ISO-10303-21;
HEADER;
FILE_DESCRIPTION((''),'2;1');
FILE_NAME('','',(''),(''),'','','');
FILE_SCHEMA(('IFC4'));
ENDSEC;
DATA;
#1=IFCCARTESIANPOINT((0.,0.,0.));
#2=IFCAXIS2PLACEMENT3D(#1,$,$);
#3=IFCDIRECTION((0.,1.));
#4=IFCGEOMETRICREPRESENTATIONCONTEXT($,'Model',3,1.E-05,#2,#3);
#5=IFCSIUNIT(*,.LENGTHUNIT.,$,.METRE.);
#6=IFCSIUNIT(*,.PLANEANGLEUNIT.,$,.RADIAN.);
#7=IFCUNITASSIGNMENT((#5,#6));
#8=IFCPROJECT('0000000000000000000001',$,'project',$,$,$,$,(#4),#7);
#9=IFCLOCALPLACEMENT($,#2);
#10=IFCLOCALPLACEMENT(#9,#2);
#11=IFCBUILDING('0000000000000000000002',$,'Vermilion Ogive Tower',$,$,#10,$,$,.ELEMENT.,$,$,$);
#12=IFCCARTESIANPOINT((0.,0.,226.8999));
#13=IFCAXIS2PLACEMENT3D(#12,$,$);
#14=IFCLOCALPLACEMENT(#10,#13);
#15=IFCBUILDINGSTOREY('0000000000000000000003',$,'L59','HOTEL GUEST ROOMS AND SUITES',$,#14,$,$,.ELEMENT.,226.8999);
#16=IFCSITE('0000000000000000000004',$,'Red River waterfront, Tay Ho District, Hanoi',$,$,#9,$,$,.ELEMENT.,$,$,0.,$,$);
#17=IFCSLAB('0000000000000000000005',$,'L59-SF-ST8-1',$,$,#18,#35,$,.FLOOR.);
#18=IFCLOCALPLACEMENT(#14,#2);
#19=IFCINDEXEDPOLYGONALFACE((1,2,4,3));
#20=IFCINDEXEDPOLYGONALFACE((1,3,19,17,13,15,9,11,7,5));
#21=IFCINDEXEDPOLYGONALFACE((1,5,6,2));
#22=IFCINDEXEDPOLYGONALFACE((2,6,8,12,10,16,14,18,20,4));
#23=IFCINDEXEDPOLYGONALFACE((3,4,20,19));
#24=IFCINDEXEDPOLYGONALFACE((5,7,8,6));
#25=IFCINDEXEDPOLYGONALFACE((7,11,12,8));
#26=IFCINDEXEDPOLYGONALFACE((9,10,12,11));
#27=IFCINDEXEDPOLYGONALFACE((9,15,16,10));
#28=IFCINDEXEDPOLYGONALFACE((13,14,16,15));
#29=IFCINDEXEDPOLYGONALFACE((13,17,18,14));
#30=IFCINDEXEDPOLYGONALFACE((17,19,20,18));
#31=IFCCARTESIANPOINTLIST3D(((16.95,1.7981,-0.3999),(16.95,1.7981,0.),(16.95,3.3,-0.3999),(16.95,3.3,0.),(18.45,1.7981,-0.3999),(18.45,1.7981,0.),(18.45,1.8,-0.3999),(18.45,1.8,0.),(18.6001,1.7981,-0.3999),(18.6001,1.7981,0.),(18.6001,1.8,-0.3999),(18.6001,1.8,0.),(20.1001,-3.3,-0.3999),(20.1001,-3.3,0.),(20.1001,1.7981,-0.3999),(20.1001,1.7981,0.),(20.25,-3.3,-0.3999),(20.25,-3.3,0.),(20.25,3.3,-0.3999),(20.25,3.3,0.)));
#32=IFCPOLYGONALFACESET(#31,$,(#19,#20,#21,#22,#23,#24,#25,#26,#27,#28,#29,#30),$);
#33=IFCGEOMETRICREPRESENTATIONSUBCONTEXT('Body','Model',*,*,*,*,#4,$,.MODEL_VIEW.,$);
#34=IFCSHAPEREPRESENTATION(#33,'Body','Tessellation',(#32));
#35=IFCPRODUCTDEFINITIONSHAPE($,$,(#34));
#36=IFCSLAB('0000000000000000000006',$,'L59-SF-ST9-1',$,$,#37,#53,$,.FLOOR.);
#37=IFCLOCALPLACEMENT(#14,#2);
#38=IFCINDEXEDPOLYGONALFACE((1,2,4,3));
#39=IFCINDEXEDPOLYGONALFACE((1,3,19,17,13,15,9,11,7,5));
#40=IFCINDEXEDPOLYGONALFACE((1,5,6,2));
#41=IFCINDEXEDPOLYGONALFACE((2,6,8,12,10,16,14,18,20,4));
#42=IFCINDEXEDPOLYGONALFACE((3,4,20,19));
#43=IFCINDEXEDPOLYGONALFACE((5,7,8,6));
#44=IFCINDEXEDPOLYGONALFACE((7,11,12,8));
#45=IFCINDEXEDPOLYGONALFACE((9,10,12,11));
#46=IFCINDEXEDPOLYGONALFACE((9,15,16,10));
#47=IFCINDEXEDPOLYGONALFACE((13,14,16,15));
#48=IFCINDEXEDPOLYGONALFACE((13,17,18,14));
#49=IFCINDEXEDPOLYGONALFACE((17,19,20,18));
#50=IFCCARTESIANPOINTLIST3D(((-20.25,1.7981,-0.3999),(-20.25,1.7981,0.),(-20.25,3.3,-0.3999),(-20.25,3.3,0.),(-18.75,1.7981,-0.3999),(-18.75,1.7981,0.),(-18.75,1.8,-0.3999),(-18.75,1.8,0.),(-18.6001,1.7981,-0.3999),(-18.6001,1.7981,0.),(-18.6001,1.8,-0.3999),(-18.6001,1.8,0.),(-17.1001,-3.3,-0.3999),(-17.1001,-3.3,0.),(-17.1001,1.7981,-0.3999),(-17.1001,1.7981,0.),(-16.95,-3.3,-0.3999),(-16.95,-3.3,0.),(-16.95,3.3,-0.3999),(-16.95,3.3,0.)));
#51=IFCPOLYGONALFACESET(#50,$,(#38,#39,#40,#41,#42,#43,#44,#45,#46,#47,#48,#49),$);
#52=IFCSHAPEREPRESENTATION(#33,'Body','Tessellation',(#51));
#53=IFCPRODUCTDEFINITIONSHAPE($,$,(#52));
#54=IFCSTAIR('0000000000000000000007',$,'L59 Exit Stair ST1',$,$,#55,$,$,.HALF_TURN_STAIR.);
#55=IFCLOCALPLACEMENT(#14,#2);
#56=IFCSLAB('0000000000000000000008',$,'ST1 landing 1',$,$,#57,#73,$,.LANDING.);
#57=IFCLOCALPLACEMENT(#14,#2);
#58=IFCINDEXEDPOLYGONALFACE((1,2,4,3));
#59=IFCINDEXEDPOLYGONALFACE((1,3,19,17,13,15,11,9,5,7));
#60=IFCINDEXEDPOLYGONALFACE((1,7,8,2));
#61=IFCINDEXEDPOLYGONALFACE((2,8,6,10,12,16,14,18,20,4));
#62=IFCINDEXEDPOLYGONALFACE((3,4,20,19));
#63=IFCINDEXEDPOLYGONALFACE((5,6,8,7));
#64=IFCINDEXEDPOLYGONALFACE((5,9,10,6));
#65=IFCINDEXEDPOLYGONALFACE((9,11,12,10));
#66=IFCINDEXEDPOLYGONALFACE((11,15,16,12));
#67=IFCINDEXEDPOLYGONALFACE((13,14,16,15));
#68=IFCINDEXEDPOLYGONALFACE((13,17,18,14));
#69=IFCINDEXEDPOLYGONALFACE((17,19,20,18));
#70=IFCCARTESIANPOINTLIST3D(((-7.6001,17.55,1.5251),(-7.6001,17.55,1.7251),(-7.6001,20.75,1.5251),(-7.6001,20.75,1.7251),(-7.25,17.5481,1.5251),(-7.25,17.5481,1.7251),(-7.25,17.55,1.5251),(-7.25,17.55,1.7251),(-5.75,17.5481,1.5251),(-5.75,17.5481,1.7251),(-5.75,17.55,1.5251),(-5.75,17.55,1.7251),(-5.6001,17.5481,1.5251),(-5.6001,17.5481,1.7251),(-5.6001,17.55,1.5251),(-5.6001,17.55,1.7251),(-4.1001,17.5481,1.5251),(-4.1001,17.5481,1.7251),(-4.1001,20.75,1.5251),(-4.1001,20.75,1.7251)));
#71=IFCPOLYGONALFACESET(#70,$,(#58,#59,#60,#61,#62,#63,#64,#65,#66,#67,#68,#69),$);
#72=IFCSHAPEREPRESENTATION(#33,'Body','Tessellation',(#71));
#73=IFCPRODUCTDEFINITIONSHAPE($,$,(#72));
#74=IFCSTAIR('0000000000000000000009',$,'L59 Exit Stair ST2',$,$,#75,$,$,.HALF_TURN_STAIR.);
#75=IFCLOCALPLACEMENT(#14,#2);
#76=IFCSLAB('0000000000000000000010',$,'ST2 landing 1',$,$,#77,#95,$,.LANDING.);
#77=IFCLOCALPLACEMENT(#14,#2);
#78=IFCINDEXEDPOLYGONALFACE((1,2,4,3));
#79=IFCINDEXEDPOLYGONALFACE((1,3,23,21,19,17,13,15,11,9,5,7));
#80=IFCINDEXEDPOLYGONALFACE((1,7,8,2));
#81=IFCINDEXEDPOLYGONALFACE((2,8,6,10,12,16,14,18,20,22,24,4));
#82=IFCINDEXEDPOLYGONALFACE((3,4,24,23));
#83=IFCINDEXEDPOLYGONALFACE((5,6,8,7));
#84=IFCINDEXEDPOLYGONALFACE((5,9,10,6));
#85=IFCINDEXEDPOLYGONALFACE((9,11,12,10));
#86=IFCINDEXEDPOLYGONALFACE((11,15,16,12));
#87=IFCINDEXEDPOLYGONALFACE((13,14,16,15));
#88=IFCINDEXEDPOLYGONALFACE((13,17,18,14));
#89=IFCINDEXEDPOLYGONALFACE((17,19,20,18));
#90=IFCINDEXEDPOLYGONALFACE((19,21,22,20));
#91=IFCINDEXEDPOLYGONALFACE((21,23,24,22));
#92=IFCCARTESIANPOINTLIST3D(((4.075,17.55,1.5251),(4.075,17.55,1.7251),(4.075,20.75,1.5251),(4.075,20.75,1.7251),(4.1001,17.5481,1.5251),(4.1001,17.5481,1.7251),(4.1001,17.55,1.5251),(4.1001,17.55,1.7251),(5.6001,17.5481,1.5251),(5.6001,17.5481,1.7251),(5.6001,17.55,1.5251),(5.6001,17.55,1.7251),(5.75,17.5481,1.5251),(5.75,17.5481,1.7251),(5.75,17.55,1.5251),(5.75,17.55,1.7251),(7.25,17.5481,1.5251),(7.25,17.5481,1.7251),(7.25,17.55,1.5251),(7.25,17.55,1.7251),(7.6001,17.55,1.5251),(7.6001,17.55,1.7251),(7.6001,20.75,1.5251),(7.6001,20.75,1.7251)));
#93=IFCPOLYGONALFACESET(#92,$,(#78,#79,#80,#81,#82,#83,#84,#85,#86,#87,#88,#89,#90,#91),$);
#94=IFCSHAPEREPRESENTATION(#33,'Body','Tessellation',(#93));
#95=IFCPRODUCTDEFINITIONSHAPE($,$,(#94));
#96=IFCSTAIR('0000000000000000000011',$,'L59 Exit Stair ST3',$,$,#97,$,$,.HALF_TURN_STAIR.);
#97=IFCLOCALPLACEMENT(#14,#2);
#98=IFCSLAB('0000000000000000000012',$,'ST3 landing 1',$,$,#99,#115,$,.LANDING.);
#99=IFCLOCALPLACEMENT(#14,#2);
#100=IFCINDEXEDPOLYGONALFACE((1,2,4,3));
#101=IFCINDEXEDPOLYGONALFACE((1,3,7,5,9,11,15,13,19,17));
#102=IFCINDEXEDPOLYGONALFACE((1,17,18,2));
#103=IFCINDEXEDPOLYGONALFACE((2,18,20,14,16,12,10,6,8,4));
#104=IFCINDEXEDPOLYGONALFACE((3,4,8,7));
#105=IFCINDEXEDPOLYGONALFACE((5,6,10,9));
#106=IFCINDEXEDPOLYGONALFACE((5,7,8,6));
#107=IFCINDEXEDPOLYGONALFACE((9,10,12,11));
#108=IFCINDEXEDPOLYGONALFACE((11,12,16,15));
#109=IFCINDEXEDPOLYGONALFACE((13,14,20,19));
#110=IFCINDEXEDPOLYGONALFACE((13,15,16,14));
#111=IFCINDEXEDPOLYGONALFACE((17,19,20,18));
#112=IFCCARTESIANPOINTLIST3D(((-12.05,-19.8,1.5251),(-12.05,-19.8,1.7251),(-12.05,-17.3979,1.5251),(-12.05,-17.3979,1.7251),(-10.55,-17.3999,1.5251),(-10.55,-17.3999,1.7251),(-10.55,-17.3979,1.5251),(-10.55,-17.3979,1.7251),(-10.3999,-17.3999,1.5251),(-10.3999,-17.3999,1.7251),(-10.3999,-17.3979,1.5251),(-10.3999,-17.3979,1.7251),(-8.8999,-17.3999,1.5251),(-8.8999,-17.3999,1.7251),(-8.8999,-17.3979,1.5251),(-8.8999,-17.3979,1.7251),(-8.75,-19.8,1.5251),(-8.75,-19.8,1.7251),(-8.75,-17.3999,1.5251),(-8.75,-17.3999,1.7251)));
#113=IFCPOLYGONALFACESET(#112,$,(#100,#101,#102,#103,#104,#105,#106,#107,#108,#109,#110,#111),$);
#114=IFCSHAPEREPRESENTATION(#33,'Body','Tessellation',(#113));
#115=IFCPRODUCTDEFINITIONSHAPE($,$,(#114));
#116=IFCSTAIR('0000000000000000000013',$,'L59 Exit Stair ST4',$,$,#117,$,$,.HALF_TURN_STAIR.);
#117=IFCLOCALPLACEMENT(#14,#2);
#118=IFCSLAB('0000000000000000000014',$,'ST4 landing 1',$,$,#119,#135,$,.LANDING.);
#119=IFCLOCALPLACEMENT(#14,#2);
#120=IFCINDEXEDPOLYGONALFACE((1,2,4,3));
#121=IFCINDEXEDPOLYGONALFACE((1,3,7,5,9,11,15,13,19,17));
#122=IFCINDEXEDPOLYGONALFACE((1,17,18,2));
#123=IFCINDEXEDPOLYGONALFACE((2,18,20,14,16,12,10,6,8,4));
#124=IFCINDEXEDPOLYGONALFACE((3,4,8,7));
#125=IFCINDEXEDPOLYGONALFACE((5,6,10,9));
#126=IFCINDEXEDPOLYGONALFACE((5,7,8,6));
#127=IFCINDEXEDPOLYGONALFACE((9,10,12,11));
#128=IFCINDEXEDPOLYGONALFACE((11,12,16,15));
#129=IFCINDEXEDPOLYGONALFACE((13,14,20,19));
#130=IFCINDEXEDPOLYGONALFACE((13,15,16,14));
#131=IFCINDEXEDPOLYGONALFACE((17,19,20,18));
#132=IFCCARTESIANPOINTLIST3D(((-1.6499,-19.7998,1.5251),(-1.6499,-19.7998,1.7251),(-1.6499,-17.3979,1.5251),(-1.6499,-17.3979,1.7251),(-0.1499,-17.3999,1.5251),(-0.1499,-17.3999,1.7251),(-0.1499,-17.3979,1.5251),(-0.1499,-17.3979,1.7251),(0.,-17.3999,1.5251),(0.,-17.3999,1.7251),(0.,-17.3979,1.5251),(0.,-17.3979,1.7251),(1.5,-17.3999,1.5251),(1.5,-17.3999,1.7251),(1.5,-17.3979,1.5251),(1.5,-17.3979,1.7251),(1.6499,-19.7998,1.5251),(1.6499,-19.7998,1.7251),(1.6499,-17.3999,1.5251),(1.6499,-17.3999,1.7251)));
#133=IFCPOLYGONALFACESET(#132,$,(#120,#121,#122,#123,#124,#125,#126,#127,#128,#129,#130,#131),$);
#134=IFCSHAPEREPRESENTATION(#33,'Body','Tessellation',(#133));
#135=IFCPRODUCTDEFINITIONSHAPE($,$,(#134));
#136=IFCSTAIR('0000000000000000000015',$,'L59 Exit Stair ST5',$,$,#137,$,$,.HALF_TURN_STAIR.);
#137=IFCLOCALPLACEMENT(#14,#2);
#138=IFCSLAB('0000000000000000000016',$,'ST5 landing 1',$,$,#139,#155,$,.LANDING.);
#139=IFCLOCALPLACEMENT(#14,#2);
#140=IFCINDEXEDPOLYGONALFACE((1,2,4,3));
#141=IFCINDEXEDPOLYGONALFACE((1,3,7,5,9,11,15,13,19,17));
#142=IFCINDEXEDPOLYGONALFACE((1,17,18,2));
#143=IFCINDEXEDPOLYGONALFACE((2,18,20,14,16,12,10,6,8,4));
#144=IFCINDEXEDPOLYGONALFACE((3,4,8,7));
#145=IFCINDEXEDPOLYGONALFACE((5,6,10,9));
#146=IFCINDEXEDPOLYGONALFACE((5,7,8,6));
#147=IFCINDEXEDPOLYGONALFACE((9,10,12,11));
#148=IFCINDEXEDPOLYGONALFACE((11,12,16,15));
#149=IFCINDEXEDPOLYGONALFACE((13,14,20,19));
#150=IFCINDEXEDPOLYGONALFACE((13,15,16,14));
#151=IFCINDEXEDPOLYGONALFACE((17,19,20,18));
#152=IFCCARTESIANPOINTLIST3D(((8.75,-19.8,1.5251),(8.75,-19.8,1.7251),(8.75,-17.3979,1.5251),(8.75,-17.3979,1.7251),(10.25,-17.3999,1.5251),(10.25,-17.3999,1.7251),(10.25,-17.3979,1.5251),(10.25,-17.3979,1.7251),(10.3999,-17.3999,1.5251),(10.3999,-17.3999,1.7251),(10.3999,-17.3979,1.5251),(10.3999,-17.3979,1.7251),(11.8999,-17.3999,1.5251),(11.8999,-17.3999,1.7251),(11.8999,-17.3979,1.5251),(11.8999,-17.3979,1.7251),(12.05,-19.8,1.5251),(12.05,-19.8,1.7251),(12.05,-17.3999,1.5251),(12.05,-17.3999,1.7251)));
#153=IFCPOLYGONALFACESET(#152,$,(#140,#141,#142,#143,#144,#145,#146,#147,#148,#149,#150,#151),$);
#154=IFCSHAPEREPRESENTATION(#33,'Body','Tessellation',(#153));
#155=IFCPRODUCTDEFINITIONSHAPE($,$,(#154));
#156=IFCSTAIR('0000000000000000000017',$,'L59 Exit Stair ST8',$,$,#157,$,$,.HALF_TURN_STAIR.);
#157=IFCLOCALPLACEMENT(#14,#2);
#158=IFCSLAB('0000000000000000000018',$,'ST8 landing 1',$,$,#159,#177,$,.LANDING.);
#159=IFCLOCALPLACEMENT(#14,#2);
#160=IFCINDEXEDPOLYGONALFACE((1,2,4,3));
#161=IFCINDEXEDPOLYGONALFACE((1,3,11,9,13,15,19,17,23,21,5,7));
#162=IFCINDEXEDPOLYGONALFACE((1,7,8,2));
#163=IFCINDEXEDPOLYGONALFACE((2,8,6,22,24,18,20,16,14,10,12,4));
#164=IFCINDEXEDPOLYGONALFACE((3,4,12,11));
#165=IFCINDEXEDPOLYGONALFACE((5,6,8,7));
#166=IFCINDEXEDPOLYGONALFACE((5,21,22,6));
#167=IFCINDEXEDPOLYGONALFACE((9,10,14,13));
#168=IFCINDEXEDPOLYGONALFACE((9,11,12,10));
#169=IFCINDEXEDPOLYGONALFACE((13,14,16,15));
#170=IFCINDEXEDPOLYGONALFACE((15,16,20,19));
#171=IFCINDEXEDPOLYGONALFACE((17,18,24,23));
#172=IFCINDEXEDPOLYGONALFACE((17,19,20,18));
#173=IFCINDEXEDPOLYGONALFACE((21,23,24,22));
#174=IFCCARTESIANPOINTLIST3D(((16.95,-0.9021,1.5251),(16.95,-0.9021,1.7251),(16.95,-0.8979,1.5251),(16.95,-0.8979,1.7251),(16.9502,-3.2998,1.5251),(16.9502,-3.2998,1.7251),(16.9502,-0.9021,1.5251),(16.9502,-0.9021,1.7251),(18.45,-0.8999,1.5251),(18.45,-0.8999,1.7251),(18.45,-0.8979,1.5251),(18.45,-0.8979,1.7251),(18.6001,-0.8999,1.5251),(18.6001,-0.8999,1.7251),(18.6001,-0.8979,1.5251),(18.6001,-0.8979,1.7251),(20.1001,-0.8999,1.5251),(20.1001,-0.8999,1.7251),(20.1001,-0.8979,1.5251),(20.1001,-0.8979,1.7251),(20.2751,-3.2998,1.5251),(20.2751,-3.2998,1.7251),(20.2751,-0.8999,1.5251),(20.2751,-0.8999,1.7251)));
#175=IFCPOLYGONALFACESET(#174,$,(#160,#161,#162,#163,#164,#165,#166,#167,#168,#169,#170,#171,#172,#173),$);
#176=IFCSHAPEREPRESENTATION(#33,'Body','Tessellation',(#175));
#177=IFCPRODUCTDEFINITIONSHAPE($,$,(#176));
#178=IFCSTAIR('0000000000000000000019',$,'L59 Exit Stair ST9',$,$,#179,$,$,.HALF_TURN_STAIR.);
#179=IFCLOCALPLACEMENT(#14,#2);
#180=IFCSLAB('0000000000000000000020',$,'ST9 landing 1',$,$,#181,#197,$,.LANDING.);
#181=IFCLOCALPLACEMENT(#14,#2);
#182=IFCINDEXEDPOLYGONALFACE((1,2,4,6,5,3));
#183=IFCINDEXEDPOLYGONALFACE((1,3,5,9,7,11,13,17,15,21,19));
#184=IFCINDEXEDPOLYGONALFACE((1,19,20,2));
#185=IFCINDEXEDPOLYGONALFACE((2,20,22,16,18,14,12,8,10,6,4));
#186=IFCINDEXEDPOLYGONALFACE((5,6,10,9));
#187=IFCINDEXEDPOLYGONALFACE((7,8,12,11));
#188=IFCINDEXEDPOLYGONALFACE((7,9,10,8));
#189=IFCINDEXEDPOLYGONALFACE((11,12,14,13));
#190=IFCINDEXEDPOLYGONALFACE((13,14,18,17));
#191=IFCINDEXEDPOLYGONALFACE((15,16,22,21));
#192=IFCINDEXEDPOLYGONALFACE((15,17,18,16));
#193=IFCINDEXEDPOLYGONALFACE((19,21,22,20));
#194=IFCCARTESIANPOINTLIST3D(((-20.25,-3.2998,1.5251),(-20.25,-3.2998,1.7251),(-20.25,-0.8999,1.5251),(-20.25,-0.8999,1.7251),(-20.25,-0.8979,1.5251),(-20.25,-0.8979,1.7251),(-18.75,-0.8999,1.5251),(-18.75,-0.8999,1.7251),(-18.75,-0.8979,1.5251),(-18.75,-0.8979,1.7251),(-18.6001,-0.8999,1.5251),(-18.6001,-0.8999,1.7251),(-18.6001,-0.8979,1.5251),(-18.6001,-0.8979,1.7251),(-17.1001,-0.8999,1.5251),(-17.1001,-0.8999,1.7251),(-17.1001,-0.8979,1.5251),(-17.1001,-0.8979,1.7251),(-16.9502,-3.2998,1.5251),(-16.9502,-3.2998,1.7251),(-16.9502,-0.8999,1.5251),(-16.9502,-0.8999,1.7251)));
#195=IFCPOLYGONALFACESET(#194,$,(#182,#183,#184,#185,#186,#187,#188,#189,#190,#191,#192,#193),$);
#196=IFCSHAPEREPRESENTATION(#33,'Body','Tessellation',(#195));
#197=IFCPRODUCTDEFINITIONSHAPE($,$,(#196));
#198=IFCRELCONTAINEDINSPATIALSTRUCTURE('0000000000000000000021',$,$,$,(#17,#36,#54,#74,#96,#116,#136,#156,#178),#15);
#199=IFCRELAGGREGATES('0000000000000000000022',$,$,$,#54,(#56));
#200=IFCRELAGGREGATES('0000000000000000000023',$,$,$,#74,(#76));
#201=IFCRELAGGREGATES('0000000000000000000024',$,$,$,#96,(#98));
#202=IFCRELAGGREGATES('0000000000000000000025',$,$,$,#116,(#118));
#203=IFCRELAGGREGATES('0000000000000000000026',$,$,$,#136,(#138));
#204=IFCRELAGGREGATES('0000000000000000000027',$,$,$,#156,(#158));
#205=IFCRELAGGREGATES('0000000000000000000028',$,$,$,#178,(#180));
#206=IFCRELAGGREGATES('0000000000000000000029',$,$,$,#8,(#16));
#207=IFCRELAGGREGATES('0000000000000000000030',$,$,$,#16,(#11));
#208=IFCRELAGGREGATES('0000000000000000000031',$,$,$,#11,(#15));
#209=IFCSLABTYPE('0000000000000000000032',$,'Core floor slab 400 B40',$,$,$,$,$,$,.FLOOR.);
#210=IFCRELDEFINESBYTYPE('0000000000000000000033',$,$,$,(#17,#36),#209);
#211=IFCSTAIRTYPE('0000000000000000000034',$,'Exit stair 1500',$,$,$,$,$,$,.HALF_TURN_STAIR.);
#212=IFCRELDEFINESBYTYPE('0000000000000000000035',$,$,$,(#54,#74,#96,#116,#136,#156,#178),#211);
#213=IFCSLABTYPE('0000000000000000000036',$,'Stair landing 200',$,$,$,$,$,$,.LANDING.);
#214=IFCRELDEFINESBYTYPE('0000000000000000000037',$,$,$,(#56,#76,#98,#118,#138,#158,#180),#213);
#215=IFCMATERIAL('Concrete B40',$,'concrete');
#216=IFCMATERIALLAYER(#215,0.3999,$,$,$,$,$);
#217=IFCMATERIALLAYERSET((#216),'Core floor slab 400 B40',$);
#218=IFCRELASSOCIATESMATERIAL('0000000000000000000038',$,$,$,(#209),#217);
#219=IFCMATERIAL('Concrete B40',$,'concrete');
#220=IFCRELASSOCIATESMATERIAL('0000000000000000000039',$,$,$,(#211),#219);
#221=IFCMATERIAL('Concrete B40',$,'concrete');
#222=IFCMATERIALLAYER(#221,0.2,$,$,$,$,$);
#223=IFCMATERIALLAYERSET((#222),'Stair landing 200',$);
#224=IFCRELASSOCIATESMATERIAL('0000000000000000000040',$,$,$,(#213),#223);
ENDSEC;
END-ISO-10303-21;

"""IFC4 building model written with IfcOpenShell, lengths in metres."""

from ifc_helpers import new_model, si_unit, direction, frame, origin, place, context, subcontext, project, spatial, polyline, outline, extrude, material, layer, layer_set, type_object, element, aggregate, save


model = new_model("IFC4")

# Units and contexts
model_context = context("Model", 3, precision=1e-05, world=origin(), true_north=direction((0.0, 1.0)))
body_context = subcontext(model_context, "Body", "Model", "MODEL_VIEW")
ifc_project = project(units=[si_unit("LENGTHUNIT", "METRE"), si_unit("PLANEANGLEUNIT", "RADIAN")], contexts=[model_context])

# Site, building, storey
site_placement = place(None, origin())
site = spatial("IfcSite", under=ifc_project, at=site_placement, Name="Red River waterfront, Tay Ho District, Hanoi", CompositionType="ELEMENT", RefElevation=0.0)
building_placement = place(site_placement, origin())
building = spatial("IfcBuilding", under=site, at=building_placement, Name="Vermilion Ogive Tower", CompositionType="ELEMENT")
storey_placement = place(building_placement, frame((0.0, 0.0, 226.8999)))
storey = spatial("IfcBuildingStorey", under=building, at=storey_placement, Name="L59", Description="HOTEL GUEST ROOMS AND SUITES", CompositionType="ELEMENT", Elevation=226.8999)

# Slabs
ifc_material_1 = material(Name="Concrete B40", Category="concrete")
ifc_layer_1 = layer(ifc_material_1, 0.3999)
ifc_layer_set_1 = layer_set([ifc_layer_1], Name="Core floor slab 400 B40")
slab_type_1 = type_object("IfcSlabType", Name="Core floor slab 400 B40", PredefinedType="FLOOR", material=ifc_layer_set_1)
slab_1_placement = place(storey_placement, frame((0.0, 0.0, -0.3999)))
element("IfcSlab", 1, at=slab_1_placement, inside=storey, type_object=slab_type_1, Name="L59-SF-ST8-1", PredefinedType="FLOOR", context=body_context, shape_type="SweptSolid", body=[
    extrude(outline(polyline([(16.95, 3.3), (16.95, 1.7981), (18.45, 1.7981), (18.45, 1.8), (18.6001, 1.8), (18.6001, 1.7981), (20.1001, 1.7981), (20.1001, -3.3), (20.25, -3.3), (20.25, 3.3), (16.95, 3.3)])), origin(), (0.0, 0.0, 1.0), 0.3999),
])
slab_2_placement = place(storey_placement, frame((0.0, 0.0, -0.3999)))
element("IfcSlab", 2, at=slab_2_placement, inside=storey, type_object=slab_type_1, Name="L59-SF-ST9-1", PredefinedType="FLOOR", context=body_context, shape_type="SweptSolid", body=[
    extrude(outline(polyline([(-20.25, 3.3), (-20.25, 1.7981), (-18.75, 1.7981), (-18.75, 1.8), (-18.6001, 1.8), (-18.6001, 1.7981), (-17.1001, 1.7981), (-17.1001, -3.3), (-16.95, -3.3), (-16.95, 3.3), (-20.25, 3.3)])), origin(), (0.0, 0.0, 1.0), 0.3999),
])

# Stairs, slabs
ifc_material_2 = material(Name="Concrete B40", Category="concrete")
stair_type = type_object("IfcStairType", Name="Exit stair 1500", PredefinedType="HALF_TURN_STAIR", material=ifc_material_2)
stair_1_placement = place(storey_placement, origin())
stair_1 = element("IfcStair", 3, at=stair_1_placement, inside=storey, type_object=stair_type, Name="L59 Exit Stair ST1", PredefinedType="HALF_TURN_STAIR")
ifc_material_3 = material(Name="Concrete B40", Category="concrete")
ifc_layer_2 = layer(ifc_material_3, 0.2)
ifc_layer_set_2 = layer_set([ifc_layer_2], Name="Stair landing 200")
slab_type_2 = type_object("IfcSlabType", Name="Stair landing 200", PredefinedType="LANDING", material=ifc_layer_set_2)
slab_3_placement = place(storey_placement, frame((0.0, 0.0, 1.5251)))
slab_3 = element("IfcSlab", 4, at=slab_3_placement, type_object=slab_type_2, Name="ST1 landing 1", PredefinedType="LANDING", context=body_context, shape_type="SweptSolid", body=[
    extrude(outline(polyline([(-7.6001, 17.55), (-7.25, 17.55), (-7.25, 17.5481), (-5.75, 17.5481), (-5.75, 17.55), (-5.6001, 17.55), (-5.6001, 17.5481), (-4.1001, 17.5481), (-4.1001, 20.75), (-7.6001, 20.75), (-7.6001, 17.55)])), origin(), (0.0, 0.0, 1.0), 0.2),
])
aggregate(stair_1, [slab_3])
stair_2_placement = place(storey_placement, origin())
stair_2 = element("IfcStair", 5, at=stair_2_placement, inside=storey, type_object=stair_type, Name="L59 Exit Stair ST2", PredefinedType="HALF_TURN_STAIR")
slab_4_placement = place(storey_placement, frame((0.0, 0.0, 1.5251)))
slab_4 = element("IfcSlab", 6, at=slab_4_placement, type_object=slab_type_2, Name="ST2 landing 1", PredefinedType="LANDING", context=body_context, shape_type="SweptSolid", body=[
    extrude(outline(polyline([(5.6001, 17.55), (5.75, 17.55), (5.75, 17.5481), (7.25, 17.5481), (7.25, 17.55), (7.6001, 17.55), (7.6001, 20.75), (4.075, 20.75), (4.075, 17.55), (4.1001, 17.55), (4.1001, 17.5481), (5.6001, 17.5481), (5.6001, 17.55)])), origin(), (0.0, 0.0, 1.0), 0.2),
])
aggregate(stair_2, [slab_4])
stair_3_placement = place(storey_placement, origin())
stair_3 = element("IfcStair", 7, at=stair_3_placement, inside=storey, type_object=stair_type, Name="L59 Exit Stair ST3", PredefinedType="HALF_TURN_STAIR")
slab_5_placement = place(storey_placement, frame((0.0, 0.0, 1.5251)))
slab_5 = element("IfcSlab", 8, at=slab_5_placement, type_object=slab_type_2, Name="ST3 landing 1", PredefinedType="LANDING", context=body_context, shape_type="SweptSolid", body=[
    extrude(outline(polyline([(-8.75, -17.3999), (-8.8999, -17.3999), (-8.8999, -17.3979), (-10.3999, -17.3979), (-10.3999, -17.3999), (-10.55, -17.3999), (-10.55, -17.3979), (-12.05, -17.3979), (-12.05, -19.8), (-8.75, -19.8), (-8.75, -17.3999)])), origin(), (0.0, 0.0, 1.0), 0.2),
])
aggregate(stair_3, [slab_5])
stair_4_placement = place(storey_placement, origin())
stair_4 = element("IfcStair", 9, at=stair_4_placement, inside=storey, type_object=stair_type, Name="L59 Exit Stair ST4", PredefinedType="HALF_TURN_STAIR")
slab_6_placement = place(storey_placement, frame((0.0, 0.0, 1.5251)))
slab_6 = element("IfcSlab", 10, at=slab_6_placement, type_object=slab_type_2, Name="ST4 landing 1", PredefinedType="LANDING", context=body_context, shape_type="SweptSolid", body=[
    extrude(outline(polyline([(1.6499, -17.3999), (1.5, -17.3999), (1.5, -17.3979), (0.0, -17.3979), (0.0, -17.3999), (-0.1499, -17.3999), (-0.1499, -17.3979), (-1.6499, -17.3979), (-1.6499, -19.7998), (1.6499, -19.7998), (1.6499, -17.3999)])), origin(), (0.0, 0.0, 1.0), 0.2),
])
aggregate(stair_4, [slab_6])
stair_5_placement = place(storey_placement, origin())
stair_5 = element("IfcStair", 11, at=stair_5_placement, inside=storey, type_object=stair_type, Name="L59 Exit Stair ST5", PredefinedType="HALF_TURN_STAIR")
slab_7_placement = place(storey_placement, frame((0.0, 0.0, 1.5251)))
slab_7 = element("IfcSlab", 12, at=slab_7_placement, type_object=slab_type_2, Name="ST5 landing 1", PredefinedType="LANDING", context=body_context, shape_type="SweptSolid", body=[
    extrude(outline(polyline([(12.05, -17.3999), (11.8999, -17.3999), (11.8999, -17.3979), (10.3999, -17.3979), (10.3999, -17.3999), (10.25, -17.3999), (10.25, -17.3979), (8.75, -17.3979), (8.75, -19.8), (12.05, -19.8), (12.05, -17.3999)])), origin(), (0.0, 0.0, 1.0), 0.2),
])
aggregate(stair_5, [slab_7])
stair_6_placement = place(storey_placement, origin())
stair_6 = element("IfcStair", 13, at=stair_6_placement, inside=storey, type_object=stair_type, Name="L59 Exit Stair ST8", PredefinedType="HALF_TURN_STAIR")
slab_8_placement = place(storey_placement, frame((0.0, 0.0, 1.5251)))
slab_8 = element("IfcSlab", 14, at=slab_8_placement, type_object=slab_type_2, Name="ST8 landing 1", PredefinedType="LANDING", context=body_context, shape_type="SweptSolid", body=[
    extrude(outline(polyline([(20.2751, -0.8999), (20.1001, -0.8999), (20.1001, -0.8979), (18.6001, -0.8979), (18.6001, -0.8999), (18.45, -0.8999), (18.45, -0.8979), (16.95, -0.8979), (16.95, -0.9021), (16.9502, -0.9021), (16.9502, -3.2998), (20.2751, -3.2998), (20.2751, -0.8999)])), origin(), (0.0, 0.0, 1.0), 0.2),
])
aggregate(stair_6, [slab_8])
stair_7_placement = place(storey_placement, origin())
stair_7 = element("IfcStair", 15, at=stair_7_placement, inside=storey, type_object=stair_type, Name="L59 Exit Stair ST9", PredefinedType="HALF_TURN_STAIR")
slab_9_placement = place(storey_placement, frame((0.0, 0.0, 1.5251)))
slab_9 = element("IfcSlab", 16, at=slab_9_placement, type_object=slab_type_2, Name="ST9 landing 1", PredefinedType="LANDING", context=body_context, shape_type="SweptSolid", body=[
    extrude(outline(polyline([(-16.9502, -0.8999), (-17.1001, -0.8999), (-17.1001, -0.8979), (-18.6001, -0.8979), (-18.6001, -0.8999), (-18.75, -0.8999), (-18.75, -0.8979), (-20.25, -0.8979), (-20.25, -0.8999), (-20.25, -0.8999), (-20.25, -3.2998), (-16.9502, -3.2998), (-16.9502, -0.8999)])), origin(), (0.0, 0.0, 1.0), 0.2),
])
aggregate(stair_7, [slab_9])

save(model, "model.ifc")
